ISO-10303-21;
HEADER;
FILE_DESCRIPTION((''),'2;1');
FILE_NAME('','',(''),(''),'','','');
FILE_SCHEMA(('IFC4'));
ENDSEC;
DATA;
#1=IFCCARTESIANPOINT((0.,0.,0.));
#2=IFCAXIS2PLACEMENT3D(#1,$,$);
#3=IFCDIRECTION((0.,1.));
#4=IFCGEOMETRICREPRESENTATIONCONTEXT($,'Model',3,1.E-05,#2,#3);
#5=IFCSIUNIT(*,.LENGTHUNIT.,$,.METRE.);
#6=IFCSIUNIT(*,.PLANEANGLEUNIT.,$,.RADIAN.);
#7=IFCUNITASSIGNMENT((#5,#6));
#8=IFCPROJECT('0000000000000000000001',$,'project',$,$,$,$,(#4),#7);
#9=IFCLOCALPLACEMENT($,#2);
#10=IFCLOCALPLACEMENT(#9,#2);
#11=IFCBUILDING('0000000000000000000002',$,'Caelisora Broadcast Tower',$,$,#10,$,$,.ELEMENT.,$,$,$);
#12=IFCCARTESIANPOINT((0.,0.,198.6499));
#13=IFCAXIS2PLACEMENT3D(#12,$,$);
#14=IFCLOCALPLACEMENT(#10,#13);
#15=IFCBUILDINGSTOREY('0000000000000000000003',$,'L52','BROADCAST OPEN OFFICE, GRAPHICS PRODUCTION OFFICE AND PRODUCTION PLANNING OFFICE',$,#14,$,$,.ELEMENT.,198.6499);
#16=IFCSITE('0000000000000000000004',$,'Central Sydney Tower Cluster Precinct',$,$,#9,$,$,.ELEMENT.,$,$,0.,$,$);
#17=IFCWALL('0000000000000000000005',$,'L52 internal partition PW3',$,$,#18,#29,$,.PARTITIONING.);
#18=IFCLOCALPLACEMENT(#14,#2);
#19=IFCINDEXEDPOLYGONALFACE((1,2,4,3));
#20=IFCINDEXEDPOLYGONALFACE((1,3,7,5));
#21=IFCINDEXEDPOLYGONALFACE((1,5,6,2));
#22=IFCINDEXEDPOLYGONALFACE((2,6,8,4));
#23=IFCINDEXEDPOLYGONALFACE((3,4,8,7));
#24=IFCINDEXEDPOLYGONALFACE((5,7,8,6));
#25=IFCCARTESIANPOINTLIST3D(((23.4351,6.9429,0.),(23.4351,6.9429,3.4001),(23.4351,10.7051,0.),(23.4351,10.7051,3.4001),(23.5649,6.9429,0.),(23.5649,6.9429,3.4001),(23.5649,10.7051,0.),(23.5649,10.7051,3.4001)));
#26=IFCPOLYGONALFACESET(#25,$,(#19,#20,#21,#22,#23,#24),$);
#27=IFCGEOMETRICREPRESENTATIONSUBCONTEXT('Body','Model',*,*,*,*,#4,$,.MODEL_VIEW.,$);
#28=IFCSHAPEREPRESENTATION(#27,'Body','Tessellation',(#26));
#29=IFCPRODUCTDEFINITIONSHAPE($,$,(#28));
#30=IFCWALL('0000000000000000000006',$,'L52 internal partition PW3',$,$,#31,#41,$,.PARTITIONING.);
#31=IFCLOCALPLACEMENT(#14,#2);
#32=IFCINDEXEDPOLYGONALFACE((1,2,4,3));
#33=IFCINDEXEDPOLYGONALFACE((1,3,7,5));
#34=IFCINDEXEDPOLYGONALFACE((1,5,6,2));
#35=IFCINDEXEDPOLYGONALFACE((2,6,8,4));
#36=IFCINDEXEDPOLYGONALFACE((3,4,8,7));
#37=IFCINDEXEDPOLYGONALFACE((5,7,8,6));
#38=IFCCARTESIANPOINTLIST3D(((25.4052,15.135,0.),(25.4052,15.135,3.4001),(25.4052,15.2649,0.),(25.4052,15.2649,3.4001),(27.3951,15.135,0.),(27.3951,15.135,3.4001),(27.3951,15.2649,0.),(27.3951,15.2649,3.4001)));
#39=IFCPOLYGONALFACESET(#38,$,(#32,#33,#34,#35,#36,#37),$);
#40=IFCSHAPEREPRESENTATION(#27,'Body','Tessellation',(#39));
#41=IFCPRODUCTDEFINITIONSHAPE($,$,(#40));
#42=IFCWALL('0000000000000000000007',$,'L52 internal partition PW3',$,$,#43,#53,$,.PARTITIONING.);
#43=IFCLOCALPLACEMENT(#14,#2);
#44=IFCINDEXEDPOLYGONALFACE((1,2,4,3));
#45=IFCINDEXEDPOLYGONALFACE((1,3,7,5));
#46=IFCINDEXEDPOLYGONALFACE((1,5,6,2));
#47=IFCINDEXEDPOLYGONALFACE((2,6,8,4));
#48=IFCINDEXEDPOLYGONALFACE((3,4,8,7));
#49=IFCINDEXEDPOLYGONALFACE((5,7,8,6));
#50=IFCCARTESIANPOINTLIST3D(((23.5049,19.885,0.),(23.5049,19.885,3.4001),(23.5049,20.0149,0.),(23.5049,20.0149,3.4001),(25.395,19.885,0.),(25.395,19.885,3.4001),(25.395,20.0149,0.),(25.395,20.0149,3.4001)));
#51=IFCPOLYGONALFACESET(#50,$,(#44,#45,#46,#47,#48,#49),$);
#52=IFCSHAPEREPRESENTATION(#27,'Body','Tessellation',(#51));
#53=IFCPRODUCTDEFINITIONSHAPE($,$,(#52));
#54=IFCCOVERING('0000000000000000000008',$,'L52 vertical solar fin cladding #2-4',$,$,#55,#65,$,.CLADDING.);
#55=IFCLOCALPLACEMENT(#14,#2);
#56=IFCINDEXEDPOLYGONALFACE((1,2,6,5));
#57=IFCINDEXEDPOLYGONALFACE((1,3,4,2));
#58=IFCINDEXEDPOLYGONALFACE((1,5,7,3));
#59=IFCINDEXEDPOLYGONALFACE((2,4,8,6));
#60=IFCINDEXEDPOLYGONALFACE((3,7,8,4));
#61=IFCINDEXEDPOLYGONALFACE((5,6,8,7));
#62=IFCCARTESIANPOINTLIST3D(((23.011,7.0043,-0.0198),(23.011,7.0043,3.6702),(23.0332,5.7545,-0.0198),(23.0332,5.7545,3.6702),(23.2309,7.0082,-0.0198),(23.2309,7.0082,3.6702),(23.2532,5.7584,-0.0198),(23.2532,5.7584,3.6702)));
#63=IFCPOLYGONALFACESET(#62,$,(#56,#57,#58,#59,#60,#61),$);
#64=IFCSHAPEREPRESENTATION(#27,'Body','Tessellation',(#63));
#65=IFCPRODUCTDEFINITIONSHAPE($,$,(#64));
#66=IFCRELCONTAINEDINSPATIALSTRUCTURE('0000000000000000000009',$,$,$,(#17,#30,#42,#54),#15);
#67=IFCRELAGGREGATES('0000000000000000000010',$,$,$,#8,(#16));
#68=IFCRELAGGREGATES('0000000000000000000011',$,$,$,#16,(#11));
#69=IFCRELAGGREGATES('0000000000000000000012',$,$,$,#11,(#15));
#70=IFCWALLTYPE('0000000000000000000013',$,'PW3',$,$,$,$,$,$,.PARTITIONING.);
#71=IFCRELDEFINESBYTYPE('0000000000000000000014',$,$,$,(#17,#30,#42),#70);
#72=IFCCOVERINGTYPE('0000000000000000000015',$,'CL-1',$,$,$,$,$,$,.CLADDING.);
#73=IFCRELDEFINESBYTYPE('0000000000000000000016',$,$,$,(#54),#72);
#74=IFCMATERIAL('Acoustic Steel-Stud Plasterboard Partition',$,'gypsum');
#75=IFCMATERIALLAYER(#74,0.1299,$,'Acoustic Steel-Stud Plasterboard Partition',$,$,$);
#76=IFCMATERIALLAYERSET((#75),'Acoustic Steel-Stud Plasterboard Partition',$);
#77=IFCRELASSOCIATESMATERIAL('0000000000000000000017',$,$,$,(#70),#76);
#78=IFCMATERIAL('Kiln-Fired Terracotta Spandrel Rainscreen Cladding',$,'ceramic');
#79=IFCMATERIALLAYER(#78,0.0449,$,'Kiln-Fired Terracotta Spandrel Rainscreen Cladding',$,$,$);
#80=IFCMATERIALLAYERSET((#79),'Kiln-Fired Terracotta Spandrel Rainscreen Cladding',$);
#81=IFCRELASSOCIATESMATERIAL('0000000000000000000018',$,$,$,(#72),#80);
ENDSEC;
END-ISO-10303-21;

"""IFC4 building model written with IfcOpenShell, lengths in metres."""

from ifc_helpers import new_model, si_unit, direction, frame, frame_2d, origin, origin_2d, place, context, subcontext, project, spatial, rectangle, extrude, source, transform, mapped, material, layer, layer_set, type_object, type_shapes, element, save


model = new_model("IFC4")

# Units and contexts
model_context = context("Model", 3, precision=1e-05, world=origin(), true_north=direction((0.0, 1.0)))
body_context = subcontext(model_context, "Body", "Model", "MODEL_VIEW")
ifc_project = project(units=[si_unit("LENGTHUNIT", "METRE"), si_unit("PLANEANGLEUNIT", "RADIAN")], contexts=[model_context])

# Site, building, storey
site_placement = place(None, origin())
site = spatial("IfcSite", under=ifc_project, at=site_placement, Name="Central Sydney Tower Cluster Precinct", CompositionType="ELEMENT", RefElevation=0.0)
building_placement = place(site_placement, origin())
building = spatial("IfcBuilding", under=site, at=building_placement, Name="Caelisora Broadcast Tower", CompositionType="ELEMENT")
storey_placement = place(building_placement, frame((0.0, 0.0, 198.6499)))
storey = spatial("IfcBuildingStorey", under=building, at=storey_placement, Name="L52", Description="BROADCAST OPEN OFFICE, GRAPHICS PRODUCTION OFFICE AND PRODUCTION PLANNING OFFICE", CompositionType="ELEMENT", Elevation=198.6499)

# Shared definitions
ifc_material_1 = material(Name="Acoustic Steel-Stud Plasterboard Partition", Category="gypsum")
ifc_layer_1 = layer(ifc_material_1, 0.1299, Name="Acoustic Steel-Stud Plasterboard Partition")
ifc_layer_set_1 = layer_set([ifc_layer_1], Name="Acoustic Steel-Stud Plasterboard Partition")
wall_type = type_object("IfcWallType", Name="PW3", PredefinedType="PARTITIONING", material=ifc_layer_set_1)

# Wall
wall_1_placement = place(storey_placement, frame((23.5, 6.9429, 0.0), z_axis=(0.0, 0.0, 1.0), x_axis=(0.0, 1.0, 0.0)))
element("IfcWall", 1, at=wall_1_placement, inside=storey, type_object=wall_type, Name="L52 internal partition PW3", PredefinedType="PARTITIONING", context=body_context, shape_type="SweptSolid", body=[
    extrude(rectangle(XDim=3.7622, YDim=0.1299, at=frame_2d((1.8811, 0.0))), origin(), (0.0, 0.0, 1.0), 3.4001),
])

# Walls
wall_2_placement = place(storey_placement, frame((25.405, 15.2, 0.0), z_axis=(0.0, 0.0, 1.0), x_axis=(1.0, 0.0, 0.0)))
element("IfcWall", 2, at=wall_2_placement, inside=storey, type_object=wall_type, Name="L52 internal partition PW3", PredefinedType="PARTITIONING", context=body_context, shape_type="SweptSolid", body=[
    extrude(rectangle(XDim=1.99, YDim=0.1299, at=frame_2d((0.9951, 0.0))), origin(), (0.0, 0.0, 1.0), 3.4001),
])
wall_3_placement = place(storey_placement, frame((23.5049, 19.95, 0.0), z_axis=(0.0, 0.0, 1.0), x_axis=(1.0, 0.0, 0.0)))
element("IfcWall", 3, at=wall_3_placement, inside=storey, type_object=wall_type, Name="L52 internal partition PW3", PredefinedType="PARTITIONING", context=body_context, shape_type="SweptSolid", body=[
    extrude(rectangle(XDim=1.8901, YDim=0.1299, at=frame_2d((0.9451, 0.0))), origin(), (0.0, 0.0, 1.0), 3.4001),
])

# Covering
ifc_material_2 = material(Name="Kiln-Fired Terracotta Spandrel Rainscreen Cladding", Category="ceramic")
ifc_layer_2 = layer(ifc_material_2, 0.0449, Name="Kiln-Fired Terracotta Spandrel Rainscreen Cladding")
ifc_layer_set_2 = layer_set([ifc_layer_2], Name="Kiln-Fired Terracotta Spandrel Rainscreen Cladding")
covering_type = type_object("IfcCoveringType", Name="CL-1", PredefinedType="CLADDING", material=ifc_layer_set_2)
shared_shape_1 = source(origin(), body_context, "Body", "SweptSolid", [
    extrude(rectangle(XDim=0.22, YDim=1.25, at=origin_2d()), origin(), (0.0, 0.0, 1.0), 3.6899),
])
type_shapes(covering_type, [shared_shape_1])
covering_placement = place(storey_placement, frame((23.1321, 6.3813, -0.0198), z_axis=(0.0, 0.0, 1.0), x_axis=(-0.999842, -0.017801, 0.0)))
element("IfcCovering", 4, at=covering_placement, inside=storey, type_object=covering_type, Name="L52 vertical solar fin cladding #2-4", PredefinedType="CLADDING", context=body_context, shape_type="MappedRepresentation", body=[
    mapped(shared_shape_1, transform((0.0, 0.0, 0.0), scale=1.0)),
])

save(model, "model.ifc")
